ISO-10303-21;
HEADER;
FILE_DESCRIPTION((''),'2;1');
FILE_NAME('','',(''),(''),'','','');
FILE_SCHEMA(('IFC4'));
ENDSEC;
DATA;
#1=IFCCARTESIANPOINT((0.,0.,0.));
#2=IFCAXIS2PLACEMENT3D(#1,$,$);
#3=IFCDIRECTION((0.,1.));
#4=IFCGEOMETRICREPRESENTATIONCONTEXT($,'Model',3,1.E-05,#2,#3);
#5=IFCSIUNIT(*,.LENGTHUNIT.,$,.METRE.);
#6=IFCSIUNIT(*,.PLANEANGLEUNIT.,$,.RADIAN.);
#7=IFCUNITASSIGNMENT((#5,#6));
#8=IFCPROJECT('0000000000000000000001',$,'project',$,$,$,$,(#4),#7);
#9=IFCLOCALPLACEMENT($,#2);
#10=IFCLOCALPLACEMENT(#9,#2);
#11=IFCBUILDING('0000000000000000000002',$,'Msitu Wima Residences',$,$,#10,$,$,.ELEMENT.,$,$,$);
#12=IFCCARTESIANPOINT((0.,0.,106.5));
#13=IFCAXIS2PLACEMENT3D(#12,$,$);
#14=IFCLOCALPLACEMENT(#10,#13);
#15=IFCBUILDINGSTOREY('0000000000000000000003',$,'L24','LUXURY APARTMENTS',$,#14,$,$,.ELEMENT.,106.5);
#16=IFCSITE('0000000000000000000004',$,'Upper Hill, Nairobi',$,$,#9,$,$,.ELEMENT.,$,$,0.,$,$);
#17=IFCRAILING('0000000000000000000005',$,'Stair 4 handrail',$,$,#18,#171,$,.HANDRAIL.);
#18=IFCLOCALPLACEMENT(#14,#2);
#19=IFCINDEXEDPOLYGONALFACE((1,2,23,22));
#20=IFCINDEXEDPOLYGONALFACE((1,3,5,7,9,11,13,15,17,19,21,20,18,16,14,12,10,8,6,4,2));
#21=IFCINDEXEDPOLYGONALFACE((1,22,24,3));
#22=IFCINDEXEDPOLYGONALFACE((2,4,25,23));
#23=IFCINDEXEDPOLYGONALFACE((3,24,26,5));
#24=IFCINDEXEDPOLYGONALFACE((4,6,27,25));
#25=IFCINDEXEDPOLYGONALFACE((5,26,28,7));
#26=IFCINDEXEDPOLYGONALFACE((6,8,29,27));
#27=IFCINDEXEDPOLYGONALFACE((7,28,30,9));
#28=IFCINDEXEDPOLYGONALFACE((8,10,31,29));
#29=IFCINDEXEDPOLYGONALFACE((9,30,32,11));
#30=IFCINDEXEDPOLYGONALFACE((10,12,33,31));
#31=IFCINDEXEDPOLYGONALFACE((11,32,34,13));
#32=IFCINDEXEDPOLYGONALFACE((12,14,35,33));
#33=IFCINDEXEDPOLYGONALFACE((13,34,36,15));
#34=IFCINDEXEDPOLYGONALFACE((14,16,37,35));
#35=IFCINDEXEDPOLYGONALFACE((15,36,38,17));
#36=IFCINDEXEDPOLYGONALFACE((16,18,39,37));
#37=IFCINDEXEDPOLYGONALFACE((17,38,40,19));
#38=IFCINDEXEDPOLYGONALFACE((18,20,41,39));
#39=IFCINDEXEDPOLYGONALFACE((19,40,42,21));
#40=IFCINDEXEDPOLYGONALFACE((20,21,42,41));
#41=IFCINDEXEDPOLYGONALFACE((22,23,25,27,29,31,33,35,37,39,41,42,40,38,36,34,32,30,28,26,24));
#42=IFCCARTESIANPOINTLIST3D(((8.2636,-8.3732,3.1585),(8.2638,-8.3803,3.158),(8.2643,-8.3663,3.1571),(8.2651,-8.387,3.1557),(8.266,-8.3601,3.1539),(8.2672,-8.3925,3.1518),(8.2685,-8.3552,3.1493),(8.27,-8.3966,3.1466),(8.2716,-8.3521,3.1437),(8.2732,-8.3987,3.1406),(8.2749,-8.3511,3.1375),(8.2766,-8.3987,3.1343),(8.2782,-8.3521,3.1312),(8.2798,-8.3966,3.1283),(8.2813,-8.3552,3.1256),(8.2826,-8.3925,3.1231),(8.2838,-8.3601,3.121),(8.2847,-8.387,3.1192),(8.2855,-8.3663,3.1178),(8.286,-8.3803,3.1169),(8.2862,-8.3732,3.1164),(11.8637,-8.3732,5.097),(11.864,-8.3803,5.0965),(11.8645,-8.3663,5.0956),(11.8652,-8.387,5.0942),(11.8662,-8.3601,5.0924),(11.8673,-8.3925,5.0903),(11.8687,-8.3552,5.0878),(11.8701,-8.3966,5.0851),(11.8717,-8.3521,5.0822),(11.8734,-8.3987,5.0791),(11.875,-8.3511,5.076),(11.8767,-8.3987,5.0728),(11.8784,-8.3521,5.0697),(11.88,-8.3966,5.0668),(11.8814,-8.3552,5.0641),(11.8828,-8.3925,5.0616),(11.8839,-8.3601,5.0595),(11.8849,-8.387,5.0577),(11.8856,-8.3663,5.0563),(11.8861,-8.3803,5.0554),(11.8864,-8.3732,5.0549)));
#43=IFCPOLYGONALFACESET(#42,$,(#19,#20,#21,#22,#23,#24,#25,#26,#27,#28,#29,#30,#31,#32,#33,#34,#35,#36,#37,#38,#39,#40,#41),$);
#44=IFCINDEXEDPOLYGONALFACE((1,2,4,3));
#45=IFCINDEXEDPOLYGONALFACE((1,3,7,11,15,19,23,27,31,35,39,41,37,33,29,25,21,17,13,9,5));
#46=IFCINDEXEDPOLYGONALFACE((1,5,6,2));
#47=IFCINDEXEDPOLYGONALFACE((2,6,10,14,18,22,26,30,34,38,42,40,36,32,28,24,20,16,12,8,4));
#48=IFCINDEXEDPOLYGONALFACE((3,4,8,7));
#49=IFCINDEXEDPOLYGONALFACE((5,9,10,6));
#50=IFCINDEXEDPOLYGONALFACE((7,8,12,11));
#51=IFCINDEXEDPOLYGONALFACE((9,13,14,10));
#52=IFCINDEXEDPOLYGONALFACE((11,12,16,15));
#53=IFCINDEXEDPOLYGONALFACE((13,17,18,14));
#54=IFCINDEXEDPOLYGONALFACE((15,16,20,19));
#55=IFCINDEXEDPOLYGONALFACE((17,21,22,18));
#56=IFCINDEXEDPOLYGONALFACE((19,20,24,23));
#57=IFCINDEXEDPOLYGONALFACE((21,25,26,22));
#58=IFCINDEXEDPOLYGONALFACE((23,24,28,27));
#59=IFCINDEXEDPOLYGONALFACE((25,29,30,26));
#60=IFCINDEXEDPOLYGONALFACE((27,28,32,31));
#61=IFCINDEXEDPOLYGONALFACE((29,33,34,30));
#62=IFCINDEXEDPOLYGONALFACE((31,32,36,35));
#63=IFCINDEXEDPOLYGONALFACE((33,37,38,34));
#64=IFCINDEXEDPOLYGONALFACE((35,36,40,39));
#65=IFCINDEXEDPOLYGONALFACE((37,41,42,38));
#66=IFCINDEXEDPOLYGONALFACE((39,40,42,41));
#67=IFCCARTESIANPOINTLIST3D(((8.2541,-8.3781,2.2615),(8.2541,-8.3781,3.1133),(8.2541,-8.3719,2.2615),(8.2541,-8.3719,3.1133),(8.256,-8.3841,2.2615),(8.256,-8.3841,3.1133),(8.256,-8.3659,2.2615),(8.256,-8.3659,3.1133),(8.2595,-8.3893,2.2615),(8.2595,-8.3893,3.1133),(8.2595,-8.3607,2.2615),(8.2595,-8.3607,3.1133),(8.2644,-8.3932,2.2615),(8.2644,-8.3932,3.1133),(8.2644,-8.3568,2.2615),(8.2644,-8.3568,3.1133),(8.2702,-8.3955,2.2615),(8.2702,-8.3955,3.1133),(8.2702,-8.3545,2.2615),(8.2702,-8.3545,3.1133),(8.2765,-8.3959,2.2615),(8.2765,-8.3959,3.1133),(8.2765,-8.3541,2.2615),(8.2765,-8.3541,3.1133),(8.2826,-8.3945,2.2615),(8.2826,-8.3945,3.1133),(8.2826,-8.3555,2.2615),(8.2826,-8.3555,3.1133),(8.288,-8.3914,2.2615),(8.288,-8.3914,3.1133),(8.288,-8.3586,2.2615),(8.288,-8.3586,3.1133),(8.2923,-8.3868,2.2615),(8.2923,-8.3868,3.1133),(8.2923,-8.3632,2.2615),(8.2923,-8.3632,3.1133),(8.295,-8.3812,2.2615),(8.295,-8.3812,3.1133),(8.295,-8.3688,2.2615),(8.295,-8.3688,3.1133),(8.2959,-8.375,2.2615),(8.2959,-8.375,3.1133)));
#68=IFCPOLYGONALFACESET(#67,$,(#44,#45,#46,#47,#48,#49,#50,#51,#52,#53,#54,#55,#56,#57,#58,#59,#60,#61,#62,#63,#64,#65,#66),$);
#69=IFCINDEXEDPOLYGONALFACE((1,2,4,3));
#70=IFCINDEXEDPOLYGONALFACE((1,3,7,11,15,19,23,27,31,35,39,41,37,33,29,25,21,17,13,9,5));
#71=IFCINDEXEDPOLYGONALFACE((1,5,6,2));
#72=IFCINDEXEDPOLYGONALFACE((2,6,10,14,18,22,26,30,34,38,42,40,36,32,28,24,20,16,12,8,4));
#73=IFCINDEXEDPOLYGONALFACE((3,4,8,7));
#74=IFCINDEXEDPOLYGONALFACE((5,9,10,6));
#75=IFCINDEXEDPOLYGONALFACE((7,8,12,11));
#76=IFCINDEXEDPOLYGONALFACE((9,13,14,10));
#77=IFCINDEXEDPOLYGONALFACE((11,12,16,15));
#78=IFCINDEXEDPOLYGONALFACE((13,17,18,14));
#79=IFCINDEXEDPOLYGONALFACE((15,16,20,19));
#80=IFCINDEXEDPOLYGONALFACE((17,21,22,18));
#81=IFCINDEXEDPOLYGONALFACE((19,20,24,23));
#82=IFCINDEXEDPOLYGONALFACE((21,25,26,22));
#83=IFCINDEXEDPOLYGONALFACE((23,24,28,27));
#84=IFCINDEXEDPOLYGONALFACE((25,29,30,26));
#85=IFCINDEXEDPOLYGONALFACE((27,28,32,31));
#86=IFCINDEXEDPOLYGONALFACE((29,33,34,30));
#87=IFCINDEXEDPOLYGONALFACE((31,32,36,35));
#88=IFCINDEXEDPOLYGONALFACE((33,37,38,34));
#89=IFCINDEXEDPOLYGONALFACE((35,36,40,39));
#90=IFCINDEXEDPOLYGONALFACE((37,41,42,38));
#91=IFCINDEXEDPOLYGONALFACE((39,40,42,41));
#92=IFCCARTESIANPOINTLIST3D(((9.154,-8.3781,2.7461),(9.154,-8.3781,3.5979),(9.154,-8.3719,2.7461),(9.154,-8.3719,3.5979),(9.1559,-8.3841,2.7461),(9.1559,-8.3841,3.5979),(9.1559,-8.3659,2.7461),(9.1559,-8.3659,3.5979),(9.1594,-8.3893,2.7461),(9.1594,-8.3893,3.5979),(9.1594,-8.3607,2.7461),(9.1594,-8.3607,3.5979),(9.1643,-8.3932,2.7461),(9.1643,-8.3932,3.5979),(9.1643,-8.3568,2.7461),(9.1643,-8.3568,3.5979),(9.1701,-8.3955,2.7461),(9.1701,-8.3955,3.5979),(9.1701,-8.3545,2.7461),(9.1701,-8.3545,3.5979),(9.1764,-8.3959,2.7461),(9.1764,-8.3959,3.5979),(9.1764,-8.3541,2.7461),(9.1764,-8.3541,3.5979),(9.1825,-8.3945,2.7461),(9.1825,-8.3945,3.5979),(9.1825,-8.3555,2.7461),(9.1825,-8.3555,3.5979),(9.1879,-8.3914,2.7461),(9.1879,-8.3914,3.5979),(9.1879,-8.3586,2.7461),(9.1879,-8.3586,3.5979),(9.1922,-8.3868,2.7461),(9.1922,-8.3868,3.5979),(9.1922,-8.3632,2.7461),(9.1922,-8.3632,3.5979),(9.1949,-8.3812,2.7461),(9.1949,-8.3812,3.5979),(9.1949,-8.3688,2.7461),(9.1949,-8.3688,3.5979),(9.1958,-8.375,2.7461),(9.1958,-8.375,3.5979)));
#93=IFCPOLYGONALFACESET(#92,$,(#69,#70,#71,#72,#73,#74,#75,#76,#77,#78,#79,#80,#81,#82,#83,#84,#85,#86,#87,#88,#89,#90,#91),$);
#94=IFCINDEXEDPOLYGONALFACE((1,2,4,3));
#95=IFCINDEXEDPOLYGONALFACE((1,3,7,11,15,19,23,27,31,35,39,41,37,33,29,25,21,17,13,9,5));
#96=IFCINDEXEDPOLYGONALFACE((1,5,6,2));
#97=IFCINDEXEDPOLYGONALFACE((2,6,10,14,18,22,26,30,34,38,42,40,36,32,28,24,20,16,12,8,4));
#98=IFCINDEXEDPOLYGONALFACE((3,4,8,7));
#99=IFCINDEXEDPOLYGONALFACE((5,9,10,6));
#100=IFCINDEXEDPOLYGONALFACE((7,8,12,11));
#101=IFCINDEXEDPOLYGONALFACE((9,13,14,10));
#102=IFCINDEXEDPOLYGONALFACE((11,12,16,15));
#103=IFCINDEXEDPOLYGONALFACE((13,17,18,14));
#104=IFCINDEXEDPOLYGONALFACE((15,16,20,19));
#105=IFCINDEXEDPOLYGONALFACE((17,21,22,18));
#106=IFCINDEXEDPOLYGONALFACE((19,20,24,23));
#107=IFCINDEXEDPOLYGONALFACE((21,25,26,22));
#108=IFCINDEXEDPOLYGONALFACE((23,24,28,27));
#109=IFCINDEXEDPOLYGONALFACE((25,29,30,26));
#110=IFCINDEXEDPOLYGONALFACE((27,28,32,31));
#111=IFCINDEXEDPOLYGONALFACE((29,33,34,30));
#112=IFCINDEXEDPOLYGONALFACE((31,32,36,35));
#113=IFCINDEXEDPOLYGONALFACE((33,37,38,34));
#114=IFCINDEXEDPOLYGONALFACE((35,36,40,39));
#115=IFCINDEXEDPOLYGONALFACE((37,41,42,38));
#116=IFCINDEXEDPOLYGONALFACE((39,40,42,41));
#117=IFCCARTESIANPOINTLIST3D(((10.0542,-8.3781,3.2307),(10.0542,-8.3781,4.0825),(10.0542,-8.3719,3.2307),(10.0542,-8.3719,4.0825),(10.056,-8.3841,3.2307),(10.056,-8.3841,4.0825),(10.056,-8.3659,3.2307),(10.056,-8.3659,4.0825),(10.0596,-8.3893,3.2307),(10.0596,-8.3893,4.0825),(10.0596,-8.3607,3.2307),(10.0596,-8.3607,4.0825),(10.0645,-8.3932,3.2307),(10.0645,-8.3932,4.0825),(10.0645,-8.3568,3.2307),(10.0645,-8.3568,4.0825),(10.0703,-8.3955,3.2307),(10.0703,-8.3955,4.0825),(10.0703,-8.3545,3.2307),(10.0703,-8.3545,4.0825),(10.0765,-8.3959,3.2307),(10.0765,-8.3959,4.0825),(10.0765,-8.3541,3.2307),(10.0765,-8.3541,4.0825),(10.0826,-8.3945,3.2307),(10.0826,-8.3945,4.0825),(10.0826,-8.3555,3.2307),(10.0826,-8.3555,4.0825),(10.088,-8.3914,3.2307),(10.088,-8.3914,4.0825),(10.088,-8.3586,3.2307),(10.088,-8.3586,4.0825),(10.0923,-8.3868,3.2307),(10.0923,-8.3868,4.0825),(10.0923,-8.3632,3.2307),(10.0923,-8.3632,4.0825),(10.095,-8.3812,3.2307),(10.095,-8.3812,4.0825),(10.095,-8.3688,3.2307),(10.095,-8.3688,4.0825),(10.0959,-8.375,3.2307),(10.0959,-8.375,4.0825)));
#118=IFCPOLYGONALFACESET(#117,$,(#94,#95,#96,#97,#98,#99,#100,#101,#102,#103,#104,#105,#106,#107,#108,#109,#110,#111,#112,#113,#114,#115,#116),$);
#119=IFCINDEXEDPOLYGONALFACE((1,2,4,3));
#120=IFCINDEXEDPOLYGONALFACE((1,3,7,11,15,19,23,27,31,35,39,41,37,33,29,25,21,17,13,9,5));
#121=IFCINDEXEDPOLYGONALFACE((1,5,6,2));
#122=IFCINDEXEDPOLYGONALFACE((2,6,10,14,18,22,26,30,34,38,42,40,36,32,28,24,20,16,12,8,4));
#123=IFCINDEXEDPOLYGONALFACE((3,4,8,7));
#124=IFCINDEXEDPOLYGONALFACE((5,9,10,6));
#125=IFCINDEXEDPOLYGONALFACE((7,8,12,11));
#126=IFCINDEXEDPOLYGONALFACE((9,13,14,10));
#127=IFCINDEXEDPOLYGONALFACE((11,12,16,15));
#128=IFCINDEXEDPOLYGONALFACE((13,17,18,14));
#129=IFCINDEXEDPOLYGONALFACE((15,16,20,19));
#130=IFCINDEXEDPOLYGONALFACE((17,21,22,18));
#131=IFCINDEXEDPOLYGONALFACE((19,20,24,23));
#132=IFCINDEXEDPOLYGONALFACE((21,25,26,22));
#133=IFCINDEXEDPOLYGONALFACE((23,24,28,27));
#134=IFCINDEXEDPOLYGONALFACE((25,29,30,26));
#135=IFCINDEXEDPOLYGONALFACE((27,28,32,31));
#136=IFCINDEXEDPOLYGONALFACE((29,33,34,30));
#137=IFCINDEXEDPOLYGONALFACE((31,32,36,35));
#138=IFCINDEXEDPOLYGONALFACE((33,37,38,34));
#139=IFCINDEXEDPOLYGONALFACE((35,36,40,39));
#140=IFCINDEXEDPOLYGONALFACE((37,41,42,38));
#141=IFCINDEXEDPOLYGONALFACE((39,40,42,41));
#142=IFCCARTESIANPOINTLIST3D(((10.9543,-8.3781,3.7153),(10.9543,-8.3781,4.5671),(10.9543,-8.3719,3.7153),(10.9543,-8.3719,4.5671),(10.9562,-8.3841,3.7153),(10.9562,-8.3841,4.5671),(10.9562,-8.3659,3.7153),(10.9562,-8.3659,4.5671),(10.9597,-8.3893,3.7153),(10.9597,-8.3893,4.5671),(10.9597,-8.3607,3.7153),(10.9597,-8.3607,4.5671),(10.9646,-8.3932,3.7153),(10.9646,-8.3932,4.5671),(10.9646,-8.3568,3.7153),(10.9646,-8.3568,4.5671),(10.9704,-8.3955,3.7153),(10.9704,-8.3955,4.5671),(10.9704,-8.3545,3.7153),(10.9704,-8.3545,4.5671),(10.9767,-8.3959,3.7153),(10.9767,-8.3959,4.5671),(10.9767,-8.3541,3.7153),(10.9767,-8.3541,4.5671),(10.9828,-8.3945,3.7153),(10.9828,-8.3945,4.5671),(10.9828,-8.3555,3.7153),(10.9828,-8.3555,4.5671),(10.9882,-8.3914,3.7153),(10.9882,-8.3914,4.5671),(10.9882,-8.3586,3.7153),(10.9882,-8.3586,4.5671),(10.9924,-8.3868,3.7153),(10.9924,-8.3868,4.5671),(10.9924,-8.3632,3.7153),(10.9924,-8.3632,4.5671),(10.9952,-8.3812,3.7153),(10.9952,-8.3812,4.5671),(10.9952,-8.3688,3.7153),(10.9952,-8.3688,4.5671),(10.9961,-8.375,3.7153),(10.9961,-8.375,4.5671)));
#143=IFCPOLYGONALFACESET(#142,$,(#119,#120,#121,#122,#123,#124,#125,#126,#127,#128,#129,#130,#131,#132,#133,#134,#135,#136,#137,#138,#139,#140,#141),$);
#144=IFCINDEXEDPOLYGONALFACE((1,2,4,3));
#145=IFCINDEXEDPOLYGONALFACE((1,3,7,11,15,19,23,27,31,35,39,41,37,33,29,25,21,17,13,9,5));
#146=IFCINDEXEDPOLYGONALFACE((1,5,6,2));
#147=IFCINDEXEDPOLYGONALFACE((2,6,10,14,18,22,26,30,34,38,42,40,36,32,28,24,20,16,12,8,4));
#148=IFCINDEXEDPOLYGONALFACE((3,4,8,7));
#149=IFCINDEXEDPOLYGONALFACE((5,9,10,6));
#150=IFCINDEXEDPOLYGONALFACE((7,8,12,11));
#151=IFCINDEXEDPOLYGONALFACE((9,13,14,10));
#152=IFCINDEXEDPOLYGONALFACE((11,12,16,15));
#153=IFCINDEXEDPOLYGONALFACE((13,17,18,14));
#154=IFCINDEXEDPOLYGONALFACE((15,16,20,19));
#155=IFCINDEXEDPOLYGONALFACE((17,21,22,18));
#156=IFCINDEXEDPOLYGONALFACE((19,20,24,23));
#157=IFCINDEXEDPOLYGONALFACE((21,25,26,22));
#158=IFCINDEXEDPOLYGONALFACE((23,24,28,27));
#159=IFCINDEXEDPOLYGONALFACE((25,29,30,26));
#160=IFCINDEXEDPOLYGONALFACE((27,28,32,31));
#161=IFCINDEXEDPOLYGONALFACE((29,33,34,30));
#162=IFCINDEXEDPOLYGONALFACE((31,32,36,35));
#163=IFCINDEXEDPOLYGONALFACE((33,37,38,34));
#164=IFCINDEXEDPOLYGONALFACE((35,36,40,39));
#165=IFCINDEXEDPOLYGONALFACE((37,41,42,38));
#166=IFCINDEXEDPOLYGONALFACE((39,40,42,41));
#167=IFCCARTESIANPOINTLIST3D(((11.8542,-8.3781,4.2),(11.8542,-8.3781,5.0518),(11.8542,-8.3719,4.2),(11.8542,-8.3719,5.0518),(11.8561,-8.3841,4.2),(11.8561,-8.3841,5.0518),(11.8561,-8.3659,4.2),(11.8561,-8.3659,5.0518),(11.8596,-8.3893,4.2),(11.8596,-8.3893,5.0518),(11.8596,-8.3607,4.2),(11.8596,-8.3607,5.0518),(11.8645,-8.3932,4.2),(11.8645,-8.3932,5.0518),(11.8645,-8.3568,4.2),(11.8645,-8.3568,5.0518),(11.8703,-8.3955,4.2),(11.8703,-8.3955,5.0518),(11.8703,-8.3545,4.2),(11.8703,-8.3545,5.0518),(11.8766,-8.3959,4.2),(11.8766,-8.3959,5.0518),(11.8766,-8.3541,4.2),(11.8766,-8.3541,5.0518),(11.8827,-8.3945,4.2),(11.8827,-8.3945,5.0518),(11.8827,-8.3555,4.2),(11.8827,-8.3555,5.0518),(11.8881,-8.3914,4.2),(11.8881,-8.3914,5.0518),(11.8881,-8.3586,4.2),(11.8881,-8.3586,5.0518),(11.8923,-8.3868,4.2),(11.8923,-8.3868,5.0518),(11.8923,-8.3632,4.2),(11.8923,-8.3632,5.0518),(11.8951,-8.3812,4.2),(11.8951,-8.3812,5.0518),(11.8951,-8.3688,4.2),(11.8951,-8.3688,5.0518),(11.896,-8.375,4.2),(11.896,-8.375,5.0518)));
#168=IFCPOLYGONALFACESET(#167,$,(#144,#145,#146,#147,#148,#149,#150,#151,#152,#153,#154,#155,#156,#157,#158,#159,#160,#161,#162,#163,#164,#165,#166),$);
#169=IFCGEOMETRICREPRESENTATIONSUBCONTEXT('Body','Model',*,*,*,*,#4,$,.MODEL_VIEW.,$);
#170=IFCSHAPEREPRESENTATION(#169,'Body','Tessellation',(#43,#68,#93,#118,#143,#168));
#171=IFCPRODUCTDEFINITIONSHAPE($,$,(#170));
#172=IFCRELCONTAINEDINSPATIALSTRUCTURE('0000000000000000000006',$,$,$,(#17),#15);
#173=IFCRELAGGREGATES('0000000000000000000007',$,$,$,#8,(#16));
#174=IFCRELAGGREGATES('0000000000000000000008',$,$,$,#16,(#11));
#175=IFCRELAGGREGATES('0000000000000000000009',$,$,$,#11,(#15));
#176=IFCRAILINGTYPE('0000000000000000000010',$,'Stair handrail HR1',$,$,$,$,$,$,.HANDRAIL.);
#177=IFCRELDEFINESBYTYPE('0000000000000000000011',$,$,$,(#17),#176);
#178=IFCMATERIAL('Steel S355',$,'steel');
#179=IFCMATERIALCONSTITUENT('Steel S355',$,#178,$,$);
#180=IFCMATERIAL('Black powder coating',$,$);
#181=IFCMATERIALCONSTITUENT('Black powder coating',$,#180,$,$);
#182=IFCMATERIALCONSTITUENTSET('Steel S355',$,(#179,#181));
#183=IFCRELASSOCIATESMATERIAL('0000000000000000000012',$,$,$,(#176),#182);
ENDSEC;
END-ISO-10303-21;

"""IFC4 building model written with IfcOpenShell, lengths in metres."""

from ifc_helpers import new_model, si_unit, direction, frame, origin, origin_2d, place, context, subcontext, project, spatial, circle, extrude, material, constituent, constituent_set, type_object, element, save


model = new_model("IFC4")

# Units and contexts
model_context = context("Model", 3, precision=1e-05, world=origin(), true_north=direction((0.0, 1.0)))
body_context = subcontext(model_context, "Body", "Model", "MODEL_VIEW")
ifc_project = project(units=[si_unit("LENGTHUNIT", "METRE"), si_unit("PLANEANGLEUNIT", "RADIAN")], contexts=[model_context])

# Site, building, storey
site_placement = place(None, origin())
site = spatial("IfcSite", under=ifc_project, at=site_placement, Name="Upper Hill, Nairobi", CompositionType="ELEMENT", RefElevation=0.0)
building_placement = place(site_placement, origin())
building = spatial("IfcBuilding", under=site, at=building_placement, Name="Msitu Wima Residences", CompositionType="ELEMENT")
storey_placement = place(building_placement, frame((0.0, 0.0, 106.5)))
storey = spatial("IfcBuildingStorey", under=building, at=storey_placement, Name="L24", Description="LUXURY APARTMENTS", CompositionType="ELEMENT", Elevation=106.5)

# Railing
ifc_material_1 = material(Name="Steel S355", Category="steel")
ifc_constituent_1 = constituent(ifc_material_1, Name="Steel S355")
ifc_material_2 = material(Name="Black powder coating")
ifc_constituent_2 = constituent(ifc_material_2, Name="Black powder coating")
ifc_constituent_set = constituent_set(constituents=[ifc_constituent_1, ifc_constituent_2], Name="Steel S355")
railing_type = type_object("IfcRailingType", Name="Stair handrail HR1", PredefinedType="HANDRAIL", material=ifc_constituent_set)
for number, where, name in (
    (1, (8.2749, -8.375, 2.2615), "Stair 4 handrail"),
):
    element("IfcRailing", number, at=place(storey_placement, frame(where)), inside=storey, type_object=railing_type, Name=name, PredefinedType="HANDRAIL", context=body_context, shape_type="SweptSolid", body=[
        extrude(circle(Radius=0.0239, at=origin_2d()), frame((0.0, 0.0, 0.876), z_axis=(0.880475, 0.0, 0.474093), x_axis=(0.0, 1.0, 0.0)), (0.0, 0.0, 1.0), 4.0889),
        extrude(circle(Radius=0.021, at=origin_2d()), origin(), (0.0, 0.0, 1.0), 0.8518),
        extrude(circle(Radius=0.021, at=origin_2d()), frame((0.8999, 0.0, 0.4846)), (0.0, 0.0, 1.0), 0.8518),
        extrude(circle(Radius=0.021, at=origin_2d()), frame((1.8, 0.0, 0.9692)), (0.0, 0.0, 1.0), 0.8518),
        extrude(circle(Radius=0.021, at=origin_2d()), frame((2.7002, 0.0, 1.4539)), (0.0, 0.0, 1.0), 0.8518),
        extrude(circle(Radius=0.021, at=origin_2d()), frame((3.6001, 0.0, 1.9385)), (0.0, 0.0, 1.0), 0.8518),
    ])

save(model, "model.ifc")
